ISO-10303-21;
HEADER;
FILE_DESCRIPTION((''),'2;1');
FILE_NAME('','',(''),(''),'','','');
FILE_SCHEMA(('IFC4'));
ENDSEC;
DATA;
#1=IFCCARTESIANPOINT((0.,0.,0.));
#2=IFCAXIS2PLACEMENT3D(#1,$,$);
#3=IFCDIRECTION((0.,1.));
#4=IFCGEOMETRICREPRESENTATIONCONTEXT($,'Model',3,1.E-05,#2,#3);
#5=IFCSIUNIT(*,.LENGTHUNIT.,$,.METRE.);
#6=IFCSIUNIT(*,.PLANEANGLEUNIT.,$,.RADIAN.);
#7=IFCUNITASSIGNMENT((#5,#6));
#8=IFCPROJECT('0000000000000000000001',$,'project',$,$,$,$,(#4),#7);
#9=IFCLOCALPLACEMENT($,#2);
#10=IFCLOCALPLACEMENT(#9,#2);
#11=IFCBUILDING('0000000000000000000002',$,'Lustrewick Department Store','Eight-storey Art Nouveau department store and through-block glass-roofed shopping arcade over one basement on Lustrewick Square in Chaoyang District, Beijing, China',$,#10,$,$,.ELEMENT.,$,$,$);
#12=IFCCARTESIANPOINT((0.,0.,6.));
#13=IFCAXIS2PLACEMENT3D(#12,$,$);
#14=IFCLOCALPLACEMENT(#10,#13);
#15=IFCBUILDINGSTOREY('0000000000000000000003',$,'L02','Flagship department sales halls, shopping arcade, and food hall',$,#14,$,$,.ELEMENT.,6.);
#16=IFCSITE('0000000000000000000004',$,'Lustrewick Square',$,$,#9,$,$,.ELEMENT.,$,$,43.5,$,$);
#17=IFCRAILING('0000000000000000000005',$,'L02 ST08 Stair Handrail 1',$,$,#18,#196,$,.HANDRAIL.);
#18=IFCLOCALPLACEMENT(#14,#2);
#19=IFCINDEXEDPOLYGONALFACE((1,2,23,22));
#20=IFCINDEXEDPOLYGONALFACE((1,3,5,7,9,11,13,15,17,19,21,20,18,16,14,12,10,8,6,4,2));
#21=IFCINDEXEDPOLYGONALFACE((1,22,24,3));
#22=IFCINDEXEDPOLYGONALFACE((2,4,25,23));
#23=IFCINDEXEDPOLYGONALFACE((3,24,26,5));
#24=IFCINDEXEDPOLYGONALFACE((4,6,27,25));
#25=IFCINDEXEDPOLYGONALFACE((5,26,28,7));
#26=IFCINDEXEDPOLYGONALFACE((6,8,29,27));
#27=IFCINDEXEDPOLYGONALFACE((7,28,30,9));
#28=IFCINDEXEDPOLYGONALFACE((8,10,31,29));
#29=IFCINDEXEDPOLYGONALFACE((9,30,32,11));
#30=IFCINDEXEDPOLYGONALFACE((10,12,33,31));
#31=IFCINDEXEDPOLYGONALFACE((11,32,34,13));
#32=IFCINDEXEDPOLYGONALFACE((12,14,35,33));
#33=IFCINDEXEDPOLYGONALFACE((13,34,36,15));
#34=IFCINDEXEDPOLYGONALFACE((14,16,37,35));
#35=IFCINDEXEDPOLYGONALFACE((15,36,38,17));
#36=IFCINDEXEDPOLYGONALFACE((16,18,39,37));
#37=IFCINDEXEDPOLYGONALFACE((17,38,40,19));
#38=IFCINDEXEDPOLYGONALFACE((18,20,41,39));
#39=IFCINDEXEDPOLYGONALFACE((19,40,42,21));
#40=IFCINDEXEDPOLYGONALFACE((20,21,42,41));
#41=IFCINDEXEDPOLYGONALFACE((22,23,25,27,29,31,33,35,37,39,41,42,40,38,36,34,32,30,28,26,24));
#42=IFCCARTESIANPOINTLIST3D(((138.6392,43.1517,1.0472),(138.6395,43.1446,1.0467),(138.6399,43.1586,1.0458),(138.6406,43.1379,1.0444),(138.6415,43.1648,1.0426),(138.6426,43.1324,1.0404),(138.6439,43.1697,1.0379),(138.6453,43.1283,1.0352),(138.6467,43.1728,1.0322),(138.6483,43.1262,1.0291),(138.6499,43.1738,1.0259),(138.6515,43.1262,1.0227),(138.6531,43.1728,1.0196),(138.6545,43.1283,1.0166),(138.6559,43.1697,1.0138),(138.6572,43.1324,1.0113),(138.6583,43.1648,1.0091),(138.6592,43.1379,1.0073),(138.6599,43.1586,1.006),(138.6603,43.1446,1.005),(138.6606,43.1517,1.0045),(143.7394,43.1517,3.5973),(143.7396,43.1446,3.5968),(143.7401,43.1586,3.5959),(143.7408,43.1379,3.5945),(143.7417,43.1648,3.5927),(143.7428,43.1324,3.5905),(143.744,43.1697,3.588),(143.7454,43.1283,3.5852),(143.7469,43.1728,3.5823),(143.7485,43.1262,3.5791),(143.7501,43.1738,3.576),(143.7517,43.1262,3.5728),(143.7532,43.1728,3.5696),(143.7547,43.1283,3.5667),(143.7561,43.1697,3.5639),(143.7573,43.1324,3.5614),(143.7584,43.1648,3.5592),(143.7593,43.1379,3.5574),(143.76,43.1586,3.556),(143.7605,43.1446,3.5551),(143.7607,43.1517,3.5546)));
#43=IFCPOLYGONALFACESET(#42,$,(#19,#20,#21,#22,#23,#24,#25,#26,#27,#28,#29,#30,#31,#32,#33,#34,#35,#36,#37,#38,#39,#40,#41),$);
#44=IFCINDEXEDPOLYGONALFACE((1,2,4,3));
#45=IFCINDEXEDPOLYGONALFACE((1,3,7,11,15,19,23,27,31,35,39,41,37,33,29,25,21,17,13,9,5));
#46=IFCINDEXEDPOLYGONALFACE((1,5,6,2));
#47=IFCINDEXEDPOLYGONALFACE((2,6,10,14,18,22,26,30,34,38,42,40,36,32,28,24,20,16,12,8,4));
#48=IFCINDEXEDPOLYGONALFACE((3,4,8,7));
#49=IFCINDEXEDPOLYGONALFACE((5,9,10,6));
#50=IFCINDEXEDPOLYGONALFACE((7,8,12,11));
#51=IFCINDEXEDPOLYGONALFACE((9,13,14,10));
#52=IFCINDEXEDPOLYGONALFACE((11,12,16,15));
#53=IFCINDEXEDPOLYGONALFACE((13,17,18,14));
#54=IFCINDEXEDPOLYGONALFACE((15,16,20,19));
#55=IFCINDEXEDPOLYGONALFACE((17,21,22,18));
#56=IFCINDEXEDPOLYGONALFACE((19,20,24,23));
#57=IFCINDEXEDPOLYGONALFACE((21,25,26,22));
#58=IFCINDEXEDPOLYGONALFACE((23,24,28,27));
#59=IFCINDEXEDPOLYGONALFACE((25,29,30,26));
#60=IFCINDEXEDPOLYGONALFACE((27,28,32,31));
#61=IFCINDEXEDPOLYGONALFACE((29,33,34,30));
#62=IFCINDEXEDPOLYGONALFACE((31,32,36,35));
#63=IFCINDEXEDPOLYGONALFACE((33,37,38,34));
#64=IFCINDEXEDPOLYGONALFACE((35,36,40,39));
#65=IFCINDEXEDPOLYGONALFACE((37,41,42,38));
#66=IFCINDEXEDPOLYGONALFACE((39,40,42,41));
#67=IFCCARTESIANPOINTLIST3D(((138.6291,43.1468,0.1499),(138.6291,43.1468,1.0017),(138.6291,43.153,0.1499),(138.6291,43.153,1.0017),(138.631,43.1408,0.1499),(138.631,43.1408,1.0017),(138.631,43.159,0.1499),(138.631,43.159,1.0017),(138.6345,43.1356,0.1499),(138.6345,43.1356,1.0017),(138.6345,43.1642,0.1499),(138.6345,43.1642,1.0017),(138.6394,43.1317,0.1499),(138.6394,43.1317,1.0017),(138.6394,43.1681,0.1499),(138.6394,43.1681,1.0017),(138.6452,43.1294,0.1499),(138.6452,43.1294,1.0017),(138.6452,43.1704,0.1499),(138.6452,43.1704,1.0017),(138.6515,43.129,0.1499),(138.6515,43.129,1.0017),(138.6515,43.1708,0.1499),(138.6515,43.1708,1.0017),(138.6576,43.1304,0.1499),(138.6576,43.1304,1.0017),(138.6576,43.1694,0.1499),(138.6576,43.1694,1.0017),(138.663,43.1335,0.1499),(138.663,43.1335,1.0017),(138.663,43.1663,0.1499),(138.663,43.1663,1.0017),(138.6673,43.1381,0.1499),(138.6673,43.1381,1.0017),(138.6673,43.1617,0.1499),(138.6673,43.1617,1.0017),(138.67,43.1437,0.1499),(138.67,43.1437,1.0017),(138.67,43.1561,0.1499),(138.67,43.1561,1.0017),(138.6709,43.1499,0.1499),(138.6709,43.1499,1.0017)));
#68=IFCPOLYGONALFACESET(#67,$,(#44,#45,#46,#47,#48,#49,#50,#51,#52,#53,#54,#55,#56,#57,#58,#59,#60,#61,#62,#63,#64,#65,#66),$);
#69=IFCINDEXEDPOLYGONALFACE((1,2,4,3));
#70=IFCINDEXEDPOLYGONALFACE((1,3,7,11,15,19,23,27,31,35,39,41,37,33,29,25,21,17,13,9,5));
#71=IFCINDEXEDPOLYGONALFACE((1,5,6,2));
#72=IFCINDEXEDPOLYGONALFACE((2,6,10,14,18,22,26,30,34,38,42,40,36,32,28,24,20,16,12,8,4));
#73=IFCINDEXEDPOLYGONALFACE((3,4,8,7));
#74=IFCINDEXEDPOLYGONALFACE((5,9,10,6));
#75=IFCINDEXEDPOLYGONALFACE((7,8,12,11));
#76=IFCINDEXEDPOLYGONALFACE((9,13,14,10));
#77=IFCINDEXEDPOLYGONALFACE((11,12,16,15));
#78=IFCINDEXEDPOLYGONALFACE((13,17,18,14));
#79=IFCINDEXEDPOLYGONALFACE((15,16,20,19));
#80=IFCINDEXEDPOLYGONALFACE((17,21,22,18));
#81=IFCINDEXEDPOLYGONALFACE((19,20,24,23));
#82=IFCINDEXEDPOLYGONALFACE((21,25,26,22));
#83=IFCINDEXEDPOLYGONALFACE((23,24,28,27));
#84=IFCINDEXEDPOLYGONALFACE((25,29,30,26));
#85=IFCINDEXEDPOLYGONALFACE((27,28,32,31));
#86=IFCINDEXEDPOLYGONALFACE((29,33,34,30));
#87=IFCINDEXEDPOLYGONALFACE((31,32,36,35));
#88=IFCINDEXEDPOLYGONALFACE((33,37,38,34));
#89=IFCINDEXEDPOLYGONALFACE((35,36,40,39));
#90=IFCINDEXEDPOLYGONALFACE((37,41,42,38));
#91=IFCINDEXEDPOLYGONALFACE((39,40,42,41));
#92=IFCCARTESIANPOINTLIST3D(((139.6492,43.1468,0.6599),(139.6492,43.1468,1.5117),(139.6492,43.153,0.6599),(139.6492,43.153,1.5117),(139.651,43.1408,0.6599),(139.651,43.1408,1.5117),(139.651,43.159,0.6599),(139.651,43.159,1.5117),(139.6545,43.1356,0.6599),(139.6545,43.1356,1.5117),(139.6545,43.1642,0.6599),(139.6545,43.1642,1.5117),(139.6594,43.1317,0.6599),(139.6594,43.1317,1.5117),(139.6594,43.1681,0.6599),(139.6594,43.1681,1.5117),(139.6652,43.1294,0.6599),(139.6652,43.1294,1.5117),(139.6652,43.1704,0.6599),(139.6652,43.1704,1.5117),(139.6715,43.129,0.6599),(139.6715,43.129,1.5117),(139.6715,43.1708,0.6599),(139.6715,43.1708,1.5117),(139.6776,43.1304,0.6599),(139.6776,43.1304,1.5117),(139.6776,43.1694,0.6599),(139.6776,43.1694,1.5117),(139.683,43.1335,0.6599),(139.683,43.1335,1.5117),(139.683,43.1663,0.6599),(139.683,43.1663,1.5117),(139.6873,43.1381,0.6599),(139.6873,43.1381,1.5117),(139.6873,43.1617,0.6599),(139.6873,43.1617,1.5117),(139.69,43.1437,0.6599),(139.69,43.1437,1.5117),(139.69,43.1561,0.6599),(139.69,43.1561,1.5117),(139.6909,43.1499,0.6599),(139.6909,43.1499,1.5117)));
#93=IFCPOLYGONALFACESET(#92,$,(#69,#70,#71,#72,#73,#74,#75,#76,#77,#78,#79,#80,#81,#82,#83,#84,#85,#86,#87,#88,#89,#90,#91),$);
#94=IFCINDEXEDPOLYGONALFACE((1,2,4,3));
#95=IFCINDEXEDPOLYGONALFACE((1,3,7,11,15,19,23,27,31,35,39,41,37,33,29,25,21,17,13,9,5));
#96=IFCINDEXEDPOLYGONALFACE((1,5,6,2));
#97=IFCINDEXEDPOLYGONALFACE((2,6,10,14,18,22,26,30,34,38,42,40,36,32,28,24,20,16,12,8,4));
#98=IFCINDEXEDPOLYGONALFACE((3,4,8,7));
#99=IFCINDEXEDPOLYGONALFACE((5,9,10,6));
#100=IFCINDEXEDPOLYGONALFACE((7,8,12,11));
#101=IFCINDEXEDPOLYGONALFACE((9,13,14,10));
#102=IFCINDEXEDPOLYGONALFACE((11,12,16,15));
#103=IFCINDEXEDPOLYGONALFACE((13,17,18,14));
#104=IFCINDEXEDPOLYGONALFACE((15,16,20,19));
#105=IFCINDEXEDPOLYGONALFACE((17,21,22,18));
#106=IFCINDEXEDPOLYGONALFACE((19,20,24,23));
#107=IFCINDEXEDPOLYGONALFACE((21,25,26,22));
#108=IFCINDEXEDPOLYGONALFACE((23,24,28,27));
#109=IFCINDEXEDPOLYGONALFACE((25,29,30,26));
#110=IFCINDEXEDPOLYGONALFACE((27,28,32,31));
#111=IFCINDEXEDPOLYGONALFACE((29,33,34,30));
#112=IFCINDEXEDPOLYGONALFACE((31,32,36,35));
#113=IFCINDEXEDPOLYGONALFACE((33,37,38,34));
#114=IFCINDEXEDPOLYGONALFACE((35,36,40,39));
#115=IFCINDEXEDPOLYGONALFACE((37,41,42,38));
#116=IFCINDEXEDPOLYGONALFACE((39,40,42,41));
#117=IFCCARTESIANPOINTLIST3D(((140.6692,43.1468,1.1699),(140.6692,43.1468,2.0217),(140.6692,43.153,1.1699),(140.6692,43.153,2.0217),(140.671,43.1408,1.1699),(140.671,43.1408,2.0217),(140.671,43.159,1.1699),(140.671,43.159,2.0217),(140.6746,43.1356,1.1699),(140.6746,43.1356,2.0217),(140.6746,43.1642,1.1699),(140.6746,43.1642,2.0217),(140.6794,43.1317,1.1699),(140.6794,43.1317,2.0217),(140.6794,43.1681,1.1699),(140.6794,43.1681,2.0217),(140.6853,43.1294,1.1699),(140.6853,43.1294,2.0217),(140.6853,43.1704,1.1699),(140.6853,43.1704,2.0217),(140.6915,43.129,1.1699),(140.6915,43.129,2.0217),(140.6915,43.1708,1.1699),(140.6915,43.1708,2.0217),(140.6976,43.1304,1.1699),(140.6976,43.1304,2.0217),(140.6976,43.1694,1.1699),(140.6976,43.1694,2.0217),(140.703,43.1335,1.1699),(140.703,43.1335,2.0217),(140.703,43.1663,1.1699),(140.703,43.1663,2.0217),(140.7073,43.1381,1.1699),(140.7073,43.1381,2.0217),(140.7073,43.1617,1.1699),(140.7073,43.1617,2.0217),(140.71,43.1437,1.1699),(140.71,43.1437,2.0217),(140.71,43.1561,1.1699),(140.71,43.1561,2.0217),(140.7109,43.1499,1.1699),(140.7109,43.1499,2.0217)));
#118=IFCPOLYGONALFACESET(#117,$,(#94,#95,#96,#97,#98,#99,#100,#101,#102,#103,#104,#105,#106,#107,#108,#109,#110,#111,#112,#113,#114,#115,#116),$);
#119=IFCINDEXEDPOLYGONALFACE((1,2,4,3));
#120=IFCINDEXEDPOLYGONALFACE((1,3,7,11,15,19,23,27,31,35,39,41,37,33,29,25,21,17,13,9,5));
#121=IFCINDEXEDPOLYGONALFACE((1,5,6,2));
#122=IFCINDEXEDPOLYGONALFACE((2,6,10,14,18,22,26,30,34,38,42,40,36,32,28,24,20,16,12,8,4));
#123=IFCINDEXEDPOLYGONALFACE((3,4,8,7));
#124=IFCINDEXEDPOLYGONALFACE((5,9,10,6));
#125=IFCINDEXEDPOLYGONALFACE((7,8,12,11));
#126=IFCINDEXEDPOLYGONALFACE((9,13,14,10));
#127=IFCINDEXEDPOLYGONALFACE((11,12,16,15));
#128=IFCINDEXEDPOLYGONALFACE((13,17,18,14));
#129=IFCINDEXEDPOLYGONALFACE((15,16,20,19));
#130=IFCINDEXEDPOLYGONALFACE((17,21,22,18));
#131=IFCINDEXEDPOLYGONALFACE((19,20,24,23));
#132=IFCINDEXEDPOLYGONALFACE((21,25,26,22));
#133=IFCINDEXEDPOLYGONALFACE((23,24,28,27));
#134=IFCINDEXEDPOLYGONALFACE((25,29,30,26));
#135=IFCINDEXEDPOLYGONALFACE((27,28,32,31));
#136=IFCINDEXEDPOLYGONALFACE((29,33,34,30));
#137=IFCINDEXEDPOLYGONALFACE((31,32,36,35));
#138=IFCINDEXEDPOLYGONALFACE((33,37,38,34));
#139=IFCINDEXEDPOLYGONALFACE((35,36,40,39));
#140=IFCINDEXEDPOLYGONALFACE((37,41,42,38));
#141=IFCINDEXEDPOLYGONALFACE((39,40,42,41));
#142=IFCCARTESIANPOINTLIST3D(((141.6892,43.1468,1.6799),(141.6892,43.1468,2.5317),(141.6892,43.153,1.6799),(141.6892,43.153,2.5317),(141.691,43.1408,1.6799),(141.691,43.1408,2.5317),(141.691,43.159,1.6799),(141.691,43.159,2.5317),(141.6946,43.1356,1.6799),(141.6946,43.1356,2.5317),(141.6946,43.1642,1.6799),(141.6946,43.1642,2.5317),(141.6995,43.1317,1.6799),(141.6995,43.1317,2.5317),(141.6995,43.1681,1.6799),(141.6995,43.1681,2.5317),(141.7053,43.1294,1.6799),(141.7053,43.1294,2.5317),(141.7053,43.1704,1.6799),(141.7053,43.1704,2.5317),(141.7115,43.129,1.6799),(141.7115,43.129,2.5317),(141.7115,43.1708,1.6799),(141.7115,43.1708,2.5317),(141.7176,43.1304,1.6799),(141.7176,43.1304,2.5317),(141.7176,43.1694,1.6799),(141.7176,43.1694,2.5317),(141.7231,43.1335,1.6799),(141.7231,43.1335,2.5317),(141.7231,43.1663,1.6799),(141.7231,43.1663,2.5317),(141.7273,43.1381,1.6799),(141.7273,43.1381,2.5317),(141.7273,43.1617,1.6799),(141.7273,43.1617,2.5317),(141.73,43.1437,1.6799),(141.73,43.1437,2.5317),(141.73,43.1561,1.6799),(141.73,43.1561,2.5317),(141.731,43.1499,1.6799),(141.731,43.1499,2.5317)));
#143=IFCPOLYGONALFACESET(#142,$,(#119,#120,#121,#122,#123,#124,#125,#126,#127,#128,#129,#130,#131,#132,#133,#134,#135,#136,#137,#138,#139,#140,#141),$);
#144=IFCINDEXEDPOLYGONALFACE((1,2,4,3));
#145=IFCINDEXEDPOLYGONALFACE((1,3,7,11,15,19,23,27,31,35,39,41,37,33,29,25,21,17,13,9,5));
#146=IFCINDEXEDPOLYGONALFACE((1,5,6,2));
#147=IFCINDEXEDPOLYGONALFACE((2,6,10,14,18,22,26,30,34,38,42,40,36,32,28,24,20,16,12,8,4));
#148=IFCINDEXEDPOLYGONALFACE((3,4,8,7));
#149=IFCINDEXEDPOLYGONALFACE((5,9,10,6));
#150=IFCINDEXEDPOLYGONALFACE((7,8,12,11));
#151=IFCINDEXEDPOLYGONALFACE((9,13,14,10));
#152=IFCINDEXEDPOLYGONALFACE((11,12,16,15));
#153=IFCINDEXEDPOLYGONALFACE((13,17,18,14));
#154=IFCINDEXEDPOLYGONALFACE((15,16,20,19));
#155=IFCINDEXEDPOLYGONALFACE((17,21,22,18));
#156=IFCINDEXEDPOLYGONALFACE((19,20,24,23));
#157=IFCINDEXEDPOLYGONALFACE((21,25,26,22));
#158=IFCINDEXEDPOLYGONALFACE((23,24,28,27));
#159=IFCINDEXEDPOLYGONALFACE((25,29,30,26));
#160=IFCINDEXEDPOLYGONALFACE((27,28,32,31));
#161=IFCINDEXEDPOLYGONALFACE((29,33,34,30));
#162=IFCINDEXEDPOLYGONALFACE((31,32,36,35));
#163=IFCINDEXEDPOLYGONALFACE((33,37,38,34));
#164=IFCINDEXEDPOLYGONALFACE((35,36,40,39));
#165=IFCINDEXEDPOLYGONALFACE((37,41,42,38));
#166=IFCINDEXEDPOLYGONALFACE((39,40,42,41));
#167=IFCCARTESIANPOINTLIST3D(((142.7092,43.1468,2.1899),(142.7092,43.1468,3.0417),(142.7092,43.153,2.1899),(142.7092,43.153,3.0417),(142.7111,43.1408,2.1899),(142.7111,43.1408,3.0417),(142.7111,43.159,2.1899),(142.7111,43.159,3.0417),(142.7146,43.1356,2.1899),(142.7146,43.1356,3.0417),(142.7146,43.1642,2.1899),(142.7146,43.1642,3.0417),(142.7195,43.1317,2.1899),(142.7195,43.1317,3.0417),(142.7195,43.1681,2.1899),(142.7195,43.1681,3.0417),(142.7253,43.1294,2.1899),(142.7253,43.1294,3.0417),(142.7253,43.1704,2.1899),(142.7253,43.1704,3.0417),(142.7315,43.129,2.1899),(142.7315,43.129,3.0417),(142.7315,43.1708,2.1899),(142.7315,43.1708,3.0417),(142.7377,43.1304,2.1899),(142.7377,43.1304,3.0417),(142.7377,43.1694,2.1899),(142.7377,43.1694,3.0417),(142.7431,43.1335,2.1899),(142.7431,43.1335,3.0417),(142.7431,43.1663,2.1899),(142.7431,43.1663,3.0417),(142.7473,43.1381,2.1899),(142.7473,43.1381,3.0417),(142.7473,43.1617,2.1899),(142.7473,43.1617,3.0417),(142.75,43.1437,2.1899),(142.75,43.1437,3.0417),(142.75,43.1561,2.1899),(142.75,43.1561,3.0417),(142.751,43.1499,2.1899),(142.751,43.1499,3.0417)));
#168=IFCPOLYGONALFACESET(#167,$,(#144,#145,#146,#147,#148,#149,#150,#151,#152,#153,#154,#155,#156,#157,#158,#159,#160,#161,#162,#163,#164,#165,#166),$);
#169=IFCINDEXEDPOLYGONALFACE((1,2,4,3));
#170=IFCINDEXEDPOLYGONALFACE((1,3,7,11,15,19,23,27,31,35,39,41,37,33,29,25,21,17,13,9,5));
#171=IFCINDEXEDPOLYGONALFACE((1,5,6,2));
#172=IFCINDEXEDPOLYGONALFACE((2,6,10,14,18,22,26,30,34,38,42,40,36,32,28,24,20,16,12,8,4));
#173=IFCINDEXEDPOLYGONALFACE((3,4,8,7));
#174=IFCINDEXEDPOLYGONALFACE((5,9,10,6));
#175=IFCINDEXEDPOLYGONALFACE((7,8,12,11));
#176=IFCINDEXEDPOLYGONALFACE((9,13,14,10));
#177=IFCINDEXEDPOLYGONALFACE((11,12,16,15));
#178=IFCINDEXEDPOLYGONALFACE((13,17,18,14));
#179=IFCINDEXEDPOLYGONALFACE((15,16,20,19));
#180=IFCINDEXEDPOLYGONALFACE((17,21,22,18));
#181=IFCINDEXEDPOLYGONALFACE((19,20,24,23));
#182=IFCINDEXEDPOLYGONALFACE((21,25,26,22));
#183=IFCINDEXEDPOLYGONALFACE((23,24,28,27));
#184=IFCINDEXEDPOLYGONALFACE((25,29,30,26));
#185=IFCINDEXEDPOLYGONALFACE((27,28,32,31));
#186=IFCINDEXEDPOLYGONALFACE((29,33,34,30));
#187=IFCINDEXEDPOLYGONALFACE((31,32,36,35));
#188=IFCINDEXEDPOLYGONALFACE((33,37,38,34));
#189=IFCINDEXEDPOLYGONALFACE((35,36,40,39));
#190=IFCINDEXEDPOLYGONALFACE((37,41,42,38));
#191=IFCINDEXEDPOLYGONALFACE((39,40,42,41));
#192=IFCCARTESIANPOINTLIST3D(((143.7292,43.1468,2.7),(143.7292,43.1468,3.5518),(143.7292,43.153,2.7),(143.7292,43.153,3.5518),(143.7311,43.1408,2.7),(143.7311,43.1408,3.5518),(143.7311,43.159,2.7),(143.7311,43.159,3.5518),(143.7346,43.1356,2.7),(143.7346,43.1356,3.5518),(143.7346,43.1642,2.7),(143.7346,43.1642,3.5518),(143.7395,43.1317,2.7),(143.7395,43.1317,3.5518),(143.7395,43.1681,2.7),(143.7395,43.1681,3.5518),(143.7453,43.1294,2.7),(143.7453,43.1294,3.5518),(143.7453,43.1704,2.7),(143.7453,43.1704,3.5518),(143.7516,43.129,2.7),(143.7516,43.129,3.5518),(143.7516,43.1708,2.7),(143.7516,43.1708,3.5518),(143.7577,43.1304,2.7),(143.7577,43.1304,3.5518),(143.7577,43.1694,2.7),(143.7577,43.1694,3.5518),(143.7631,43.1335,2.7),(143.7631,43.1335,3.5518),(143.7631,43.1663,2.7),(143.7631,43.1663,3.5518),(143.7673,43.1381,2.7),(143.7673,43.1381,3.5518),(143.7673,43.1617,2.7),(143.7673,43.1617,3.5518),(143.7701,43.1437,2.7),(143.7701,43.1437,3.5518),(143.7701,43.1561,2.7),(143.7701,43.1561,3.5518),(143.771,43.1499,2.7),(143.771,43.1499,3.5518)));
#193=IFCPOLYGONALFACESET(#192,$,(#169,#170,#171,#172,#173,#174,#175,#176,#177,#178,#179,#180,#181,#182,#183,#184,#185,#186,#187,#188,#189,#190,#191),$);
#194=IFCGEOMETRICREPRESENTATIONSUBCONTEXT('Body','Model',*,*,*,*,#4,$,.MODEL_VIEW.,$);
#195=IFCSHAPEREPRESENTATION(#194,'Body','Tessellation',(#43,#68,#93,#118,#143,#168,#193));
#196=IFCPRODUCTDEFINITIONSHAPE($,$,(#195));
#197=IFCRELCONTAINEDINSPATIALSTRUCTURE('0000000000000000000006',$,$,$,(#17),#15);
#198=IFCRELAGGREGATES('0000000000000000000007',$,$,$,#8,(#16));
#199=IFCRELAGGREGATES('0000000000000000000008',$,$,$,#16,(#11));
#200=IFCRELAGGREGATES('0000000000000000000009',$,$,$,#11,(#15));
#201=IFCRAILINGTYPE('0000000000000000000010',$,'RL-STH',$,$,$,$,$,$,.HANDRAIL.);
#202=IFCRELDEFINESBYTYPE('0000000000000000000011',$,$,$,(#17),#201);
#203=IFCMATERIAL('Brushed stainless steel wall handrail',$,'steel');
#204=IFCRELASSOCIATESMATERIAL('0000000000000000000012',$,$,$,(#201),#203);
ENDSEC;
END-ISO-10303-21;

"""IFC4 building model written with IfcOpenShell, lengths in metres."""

from ifc_helpers import new_model, si_unit, direction, frame, origin, origin_2d, place, context, subcontext, project, spatial, circle, extrude, material, type_object, element, save


model = new_model("IFC4")

# Units and contexts
model_context = context("Model", 3, precision=1e-05, world=origin(), true_north=direction((0.0, 1.0)))
body_context = subcontext(model_context, "Body", "Model", "MODEL_VIEW")
ifc_project = project(units=[si_unit("LENGTHUNIT", "METRE"), si_unit("PLANEANGLEUNIT", "RADIAN")], contexts=[model_context])

# Site, building, storey
site_placement = place(None, origin())
site = spatial("IfcSite", under=ifc_project, at=site_placement, Name="Lustrewick Square", CompositionType="ELEMENT", RefElevation=43.5)
building_placement = place(site_placement, origin())
building = spatial("IfcBuilding", under=site, at=building_placement, Name="Lustrewick Department Store", Description="Eight-storey Art Nouveau department store and through-block glass-roofed shopping arcade over one basement on Lustrewick Square in Chaoyang District, Beijing, China", CompositionType="ELEMENT")
storey_placement = place(building_placement, frame((0.0, 0.0, 6.0)))
storey = spatial("IfcBuildingStorey", under=building, at=storey_placement, Name="L02", Description="Flagship department sales halls, shopping arcade, and food hall", CompositionType="ELEMENT", Elevation=6.0)

# Railing
ifc_material_1 = material(Name="Brushed stainless steel wall handrail", Category="steel")
railing_type_1 = type_object("IfcRailingType", Name="RL-STH", PredefinedType="HANDRAIL", material=ifc_material_1)
railing_1_placement = place(storey_placement, frame((138.6499, 43.1499, 0.1499)))
element("IfcRailing", 1, at=railing_1_placement, inside=storey, type_object=railing_type_1, Name="L02 ST08 Stair Handrail 1", PredefinedType="HANDRAIL", context=body_context, shape_type="SweptSolid", body=[
    extrude(circle(Radius=0.0239, at=origin_2d()), frame((0.0, 0.0, 0.876), z_axis=(0.894427, 0.0, 0.447214), x_axis=(0.0, 1.0, 0.0)), (0.0, 0.0, 1.0), 5.7021),
    extrude(circle(Radius=0.021, at=origin_2d()), origin(), (0.0, 0.0, 1.0), 0.8518),
    extrude(circle(Radius=0.021, at=origin_2d()), frame((1.02, 0.0, 0.51)), (0.0, 0.0, 1.0), 0.8518),
    extrude(circle(Radius=0.021, at=origin_2d()), frame((2.04, 0.0, 1.02)), (0.0, 0.0, 1.0), 0.8518),
    extrude(circle(Radius=0.021, at=origin_2d()), frame((3.0601, 0.0, 1.53)), (0.0, 0.0, 1.0), 0.8518),
    extrude(circle(Radius=0.021, at=origin_2d()), frame((4.0801, 0.0, 2.04)), (0.0, 0.0, 1.0), 0.8518),
    extrude(circle(Radius=0.021, at=origin_2d()), frame((5.1001, 0.0, 2.55)), (0.0, 0.0, 1.0), 0.8518),
])

save(model, "model.ifc")
